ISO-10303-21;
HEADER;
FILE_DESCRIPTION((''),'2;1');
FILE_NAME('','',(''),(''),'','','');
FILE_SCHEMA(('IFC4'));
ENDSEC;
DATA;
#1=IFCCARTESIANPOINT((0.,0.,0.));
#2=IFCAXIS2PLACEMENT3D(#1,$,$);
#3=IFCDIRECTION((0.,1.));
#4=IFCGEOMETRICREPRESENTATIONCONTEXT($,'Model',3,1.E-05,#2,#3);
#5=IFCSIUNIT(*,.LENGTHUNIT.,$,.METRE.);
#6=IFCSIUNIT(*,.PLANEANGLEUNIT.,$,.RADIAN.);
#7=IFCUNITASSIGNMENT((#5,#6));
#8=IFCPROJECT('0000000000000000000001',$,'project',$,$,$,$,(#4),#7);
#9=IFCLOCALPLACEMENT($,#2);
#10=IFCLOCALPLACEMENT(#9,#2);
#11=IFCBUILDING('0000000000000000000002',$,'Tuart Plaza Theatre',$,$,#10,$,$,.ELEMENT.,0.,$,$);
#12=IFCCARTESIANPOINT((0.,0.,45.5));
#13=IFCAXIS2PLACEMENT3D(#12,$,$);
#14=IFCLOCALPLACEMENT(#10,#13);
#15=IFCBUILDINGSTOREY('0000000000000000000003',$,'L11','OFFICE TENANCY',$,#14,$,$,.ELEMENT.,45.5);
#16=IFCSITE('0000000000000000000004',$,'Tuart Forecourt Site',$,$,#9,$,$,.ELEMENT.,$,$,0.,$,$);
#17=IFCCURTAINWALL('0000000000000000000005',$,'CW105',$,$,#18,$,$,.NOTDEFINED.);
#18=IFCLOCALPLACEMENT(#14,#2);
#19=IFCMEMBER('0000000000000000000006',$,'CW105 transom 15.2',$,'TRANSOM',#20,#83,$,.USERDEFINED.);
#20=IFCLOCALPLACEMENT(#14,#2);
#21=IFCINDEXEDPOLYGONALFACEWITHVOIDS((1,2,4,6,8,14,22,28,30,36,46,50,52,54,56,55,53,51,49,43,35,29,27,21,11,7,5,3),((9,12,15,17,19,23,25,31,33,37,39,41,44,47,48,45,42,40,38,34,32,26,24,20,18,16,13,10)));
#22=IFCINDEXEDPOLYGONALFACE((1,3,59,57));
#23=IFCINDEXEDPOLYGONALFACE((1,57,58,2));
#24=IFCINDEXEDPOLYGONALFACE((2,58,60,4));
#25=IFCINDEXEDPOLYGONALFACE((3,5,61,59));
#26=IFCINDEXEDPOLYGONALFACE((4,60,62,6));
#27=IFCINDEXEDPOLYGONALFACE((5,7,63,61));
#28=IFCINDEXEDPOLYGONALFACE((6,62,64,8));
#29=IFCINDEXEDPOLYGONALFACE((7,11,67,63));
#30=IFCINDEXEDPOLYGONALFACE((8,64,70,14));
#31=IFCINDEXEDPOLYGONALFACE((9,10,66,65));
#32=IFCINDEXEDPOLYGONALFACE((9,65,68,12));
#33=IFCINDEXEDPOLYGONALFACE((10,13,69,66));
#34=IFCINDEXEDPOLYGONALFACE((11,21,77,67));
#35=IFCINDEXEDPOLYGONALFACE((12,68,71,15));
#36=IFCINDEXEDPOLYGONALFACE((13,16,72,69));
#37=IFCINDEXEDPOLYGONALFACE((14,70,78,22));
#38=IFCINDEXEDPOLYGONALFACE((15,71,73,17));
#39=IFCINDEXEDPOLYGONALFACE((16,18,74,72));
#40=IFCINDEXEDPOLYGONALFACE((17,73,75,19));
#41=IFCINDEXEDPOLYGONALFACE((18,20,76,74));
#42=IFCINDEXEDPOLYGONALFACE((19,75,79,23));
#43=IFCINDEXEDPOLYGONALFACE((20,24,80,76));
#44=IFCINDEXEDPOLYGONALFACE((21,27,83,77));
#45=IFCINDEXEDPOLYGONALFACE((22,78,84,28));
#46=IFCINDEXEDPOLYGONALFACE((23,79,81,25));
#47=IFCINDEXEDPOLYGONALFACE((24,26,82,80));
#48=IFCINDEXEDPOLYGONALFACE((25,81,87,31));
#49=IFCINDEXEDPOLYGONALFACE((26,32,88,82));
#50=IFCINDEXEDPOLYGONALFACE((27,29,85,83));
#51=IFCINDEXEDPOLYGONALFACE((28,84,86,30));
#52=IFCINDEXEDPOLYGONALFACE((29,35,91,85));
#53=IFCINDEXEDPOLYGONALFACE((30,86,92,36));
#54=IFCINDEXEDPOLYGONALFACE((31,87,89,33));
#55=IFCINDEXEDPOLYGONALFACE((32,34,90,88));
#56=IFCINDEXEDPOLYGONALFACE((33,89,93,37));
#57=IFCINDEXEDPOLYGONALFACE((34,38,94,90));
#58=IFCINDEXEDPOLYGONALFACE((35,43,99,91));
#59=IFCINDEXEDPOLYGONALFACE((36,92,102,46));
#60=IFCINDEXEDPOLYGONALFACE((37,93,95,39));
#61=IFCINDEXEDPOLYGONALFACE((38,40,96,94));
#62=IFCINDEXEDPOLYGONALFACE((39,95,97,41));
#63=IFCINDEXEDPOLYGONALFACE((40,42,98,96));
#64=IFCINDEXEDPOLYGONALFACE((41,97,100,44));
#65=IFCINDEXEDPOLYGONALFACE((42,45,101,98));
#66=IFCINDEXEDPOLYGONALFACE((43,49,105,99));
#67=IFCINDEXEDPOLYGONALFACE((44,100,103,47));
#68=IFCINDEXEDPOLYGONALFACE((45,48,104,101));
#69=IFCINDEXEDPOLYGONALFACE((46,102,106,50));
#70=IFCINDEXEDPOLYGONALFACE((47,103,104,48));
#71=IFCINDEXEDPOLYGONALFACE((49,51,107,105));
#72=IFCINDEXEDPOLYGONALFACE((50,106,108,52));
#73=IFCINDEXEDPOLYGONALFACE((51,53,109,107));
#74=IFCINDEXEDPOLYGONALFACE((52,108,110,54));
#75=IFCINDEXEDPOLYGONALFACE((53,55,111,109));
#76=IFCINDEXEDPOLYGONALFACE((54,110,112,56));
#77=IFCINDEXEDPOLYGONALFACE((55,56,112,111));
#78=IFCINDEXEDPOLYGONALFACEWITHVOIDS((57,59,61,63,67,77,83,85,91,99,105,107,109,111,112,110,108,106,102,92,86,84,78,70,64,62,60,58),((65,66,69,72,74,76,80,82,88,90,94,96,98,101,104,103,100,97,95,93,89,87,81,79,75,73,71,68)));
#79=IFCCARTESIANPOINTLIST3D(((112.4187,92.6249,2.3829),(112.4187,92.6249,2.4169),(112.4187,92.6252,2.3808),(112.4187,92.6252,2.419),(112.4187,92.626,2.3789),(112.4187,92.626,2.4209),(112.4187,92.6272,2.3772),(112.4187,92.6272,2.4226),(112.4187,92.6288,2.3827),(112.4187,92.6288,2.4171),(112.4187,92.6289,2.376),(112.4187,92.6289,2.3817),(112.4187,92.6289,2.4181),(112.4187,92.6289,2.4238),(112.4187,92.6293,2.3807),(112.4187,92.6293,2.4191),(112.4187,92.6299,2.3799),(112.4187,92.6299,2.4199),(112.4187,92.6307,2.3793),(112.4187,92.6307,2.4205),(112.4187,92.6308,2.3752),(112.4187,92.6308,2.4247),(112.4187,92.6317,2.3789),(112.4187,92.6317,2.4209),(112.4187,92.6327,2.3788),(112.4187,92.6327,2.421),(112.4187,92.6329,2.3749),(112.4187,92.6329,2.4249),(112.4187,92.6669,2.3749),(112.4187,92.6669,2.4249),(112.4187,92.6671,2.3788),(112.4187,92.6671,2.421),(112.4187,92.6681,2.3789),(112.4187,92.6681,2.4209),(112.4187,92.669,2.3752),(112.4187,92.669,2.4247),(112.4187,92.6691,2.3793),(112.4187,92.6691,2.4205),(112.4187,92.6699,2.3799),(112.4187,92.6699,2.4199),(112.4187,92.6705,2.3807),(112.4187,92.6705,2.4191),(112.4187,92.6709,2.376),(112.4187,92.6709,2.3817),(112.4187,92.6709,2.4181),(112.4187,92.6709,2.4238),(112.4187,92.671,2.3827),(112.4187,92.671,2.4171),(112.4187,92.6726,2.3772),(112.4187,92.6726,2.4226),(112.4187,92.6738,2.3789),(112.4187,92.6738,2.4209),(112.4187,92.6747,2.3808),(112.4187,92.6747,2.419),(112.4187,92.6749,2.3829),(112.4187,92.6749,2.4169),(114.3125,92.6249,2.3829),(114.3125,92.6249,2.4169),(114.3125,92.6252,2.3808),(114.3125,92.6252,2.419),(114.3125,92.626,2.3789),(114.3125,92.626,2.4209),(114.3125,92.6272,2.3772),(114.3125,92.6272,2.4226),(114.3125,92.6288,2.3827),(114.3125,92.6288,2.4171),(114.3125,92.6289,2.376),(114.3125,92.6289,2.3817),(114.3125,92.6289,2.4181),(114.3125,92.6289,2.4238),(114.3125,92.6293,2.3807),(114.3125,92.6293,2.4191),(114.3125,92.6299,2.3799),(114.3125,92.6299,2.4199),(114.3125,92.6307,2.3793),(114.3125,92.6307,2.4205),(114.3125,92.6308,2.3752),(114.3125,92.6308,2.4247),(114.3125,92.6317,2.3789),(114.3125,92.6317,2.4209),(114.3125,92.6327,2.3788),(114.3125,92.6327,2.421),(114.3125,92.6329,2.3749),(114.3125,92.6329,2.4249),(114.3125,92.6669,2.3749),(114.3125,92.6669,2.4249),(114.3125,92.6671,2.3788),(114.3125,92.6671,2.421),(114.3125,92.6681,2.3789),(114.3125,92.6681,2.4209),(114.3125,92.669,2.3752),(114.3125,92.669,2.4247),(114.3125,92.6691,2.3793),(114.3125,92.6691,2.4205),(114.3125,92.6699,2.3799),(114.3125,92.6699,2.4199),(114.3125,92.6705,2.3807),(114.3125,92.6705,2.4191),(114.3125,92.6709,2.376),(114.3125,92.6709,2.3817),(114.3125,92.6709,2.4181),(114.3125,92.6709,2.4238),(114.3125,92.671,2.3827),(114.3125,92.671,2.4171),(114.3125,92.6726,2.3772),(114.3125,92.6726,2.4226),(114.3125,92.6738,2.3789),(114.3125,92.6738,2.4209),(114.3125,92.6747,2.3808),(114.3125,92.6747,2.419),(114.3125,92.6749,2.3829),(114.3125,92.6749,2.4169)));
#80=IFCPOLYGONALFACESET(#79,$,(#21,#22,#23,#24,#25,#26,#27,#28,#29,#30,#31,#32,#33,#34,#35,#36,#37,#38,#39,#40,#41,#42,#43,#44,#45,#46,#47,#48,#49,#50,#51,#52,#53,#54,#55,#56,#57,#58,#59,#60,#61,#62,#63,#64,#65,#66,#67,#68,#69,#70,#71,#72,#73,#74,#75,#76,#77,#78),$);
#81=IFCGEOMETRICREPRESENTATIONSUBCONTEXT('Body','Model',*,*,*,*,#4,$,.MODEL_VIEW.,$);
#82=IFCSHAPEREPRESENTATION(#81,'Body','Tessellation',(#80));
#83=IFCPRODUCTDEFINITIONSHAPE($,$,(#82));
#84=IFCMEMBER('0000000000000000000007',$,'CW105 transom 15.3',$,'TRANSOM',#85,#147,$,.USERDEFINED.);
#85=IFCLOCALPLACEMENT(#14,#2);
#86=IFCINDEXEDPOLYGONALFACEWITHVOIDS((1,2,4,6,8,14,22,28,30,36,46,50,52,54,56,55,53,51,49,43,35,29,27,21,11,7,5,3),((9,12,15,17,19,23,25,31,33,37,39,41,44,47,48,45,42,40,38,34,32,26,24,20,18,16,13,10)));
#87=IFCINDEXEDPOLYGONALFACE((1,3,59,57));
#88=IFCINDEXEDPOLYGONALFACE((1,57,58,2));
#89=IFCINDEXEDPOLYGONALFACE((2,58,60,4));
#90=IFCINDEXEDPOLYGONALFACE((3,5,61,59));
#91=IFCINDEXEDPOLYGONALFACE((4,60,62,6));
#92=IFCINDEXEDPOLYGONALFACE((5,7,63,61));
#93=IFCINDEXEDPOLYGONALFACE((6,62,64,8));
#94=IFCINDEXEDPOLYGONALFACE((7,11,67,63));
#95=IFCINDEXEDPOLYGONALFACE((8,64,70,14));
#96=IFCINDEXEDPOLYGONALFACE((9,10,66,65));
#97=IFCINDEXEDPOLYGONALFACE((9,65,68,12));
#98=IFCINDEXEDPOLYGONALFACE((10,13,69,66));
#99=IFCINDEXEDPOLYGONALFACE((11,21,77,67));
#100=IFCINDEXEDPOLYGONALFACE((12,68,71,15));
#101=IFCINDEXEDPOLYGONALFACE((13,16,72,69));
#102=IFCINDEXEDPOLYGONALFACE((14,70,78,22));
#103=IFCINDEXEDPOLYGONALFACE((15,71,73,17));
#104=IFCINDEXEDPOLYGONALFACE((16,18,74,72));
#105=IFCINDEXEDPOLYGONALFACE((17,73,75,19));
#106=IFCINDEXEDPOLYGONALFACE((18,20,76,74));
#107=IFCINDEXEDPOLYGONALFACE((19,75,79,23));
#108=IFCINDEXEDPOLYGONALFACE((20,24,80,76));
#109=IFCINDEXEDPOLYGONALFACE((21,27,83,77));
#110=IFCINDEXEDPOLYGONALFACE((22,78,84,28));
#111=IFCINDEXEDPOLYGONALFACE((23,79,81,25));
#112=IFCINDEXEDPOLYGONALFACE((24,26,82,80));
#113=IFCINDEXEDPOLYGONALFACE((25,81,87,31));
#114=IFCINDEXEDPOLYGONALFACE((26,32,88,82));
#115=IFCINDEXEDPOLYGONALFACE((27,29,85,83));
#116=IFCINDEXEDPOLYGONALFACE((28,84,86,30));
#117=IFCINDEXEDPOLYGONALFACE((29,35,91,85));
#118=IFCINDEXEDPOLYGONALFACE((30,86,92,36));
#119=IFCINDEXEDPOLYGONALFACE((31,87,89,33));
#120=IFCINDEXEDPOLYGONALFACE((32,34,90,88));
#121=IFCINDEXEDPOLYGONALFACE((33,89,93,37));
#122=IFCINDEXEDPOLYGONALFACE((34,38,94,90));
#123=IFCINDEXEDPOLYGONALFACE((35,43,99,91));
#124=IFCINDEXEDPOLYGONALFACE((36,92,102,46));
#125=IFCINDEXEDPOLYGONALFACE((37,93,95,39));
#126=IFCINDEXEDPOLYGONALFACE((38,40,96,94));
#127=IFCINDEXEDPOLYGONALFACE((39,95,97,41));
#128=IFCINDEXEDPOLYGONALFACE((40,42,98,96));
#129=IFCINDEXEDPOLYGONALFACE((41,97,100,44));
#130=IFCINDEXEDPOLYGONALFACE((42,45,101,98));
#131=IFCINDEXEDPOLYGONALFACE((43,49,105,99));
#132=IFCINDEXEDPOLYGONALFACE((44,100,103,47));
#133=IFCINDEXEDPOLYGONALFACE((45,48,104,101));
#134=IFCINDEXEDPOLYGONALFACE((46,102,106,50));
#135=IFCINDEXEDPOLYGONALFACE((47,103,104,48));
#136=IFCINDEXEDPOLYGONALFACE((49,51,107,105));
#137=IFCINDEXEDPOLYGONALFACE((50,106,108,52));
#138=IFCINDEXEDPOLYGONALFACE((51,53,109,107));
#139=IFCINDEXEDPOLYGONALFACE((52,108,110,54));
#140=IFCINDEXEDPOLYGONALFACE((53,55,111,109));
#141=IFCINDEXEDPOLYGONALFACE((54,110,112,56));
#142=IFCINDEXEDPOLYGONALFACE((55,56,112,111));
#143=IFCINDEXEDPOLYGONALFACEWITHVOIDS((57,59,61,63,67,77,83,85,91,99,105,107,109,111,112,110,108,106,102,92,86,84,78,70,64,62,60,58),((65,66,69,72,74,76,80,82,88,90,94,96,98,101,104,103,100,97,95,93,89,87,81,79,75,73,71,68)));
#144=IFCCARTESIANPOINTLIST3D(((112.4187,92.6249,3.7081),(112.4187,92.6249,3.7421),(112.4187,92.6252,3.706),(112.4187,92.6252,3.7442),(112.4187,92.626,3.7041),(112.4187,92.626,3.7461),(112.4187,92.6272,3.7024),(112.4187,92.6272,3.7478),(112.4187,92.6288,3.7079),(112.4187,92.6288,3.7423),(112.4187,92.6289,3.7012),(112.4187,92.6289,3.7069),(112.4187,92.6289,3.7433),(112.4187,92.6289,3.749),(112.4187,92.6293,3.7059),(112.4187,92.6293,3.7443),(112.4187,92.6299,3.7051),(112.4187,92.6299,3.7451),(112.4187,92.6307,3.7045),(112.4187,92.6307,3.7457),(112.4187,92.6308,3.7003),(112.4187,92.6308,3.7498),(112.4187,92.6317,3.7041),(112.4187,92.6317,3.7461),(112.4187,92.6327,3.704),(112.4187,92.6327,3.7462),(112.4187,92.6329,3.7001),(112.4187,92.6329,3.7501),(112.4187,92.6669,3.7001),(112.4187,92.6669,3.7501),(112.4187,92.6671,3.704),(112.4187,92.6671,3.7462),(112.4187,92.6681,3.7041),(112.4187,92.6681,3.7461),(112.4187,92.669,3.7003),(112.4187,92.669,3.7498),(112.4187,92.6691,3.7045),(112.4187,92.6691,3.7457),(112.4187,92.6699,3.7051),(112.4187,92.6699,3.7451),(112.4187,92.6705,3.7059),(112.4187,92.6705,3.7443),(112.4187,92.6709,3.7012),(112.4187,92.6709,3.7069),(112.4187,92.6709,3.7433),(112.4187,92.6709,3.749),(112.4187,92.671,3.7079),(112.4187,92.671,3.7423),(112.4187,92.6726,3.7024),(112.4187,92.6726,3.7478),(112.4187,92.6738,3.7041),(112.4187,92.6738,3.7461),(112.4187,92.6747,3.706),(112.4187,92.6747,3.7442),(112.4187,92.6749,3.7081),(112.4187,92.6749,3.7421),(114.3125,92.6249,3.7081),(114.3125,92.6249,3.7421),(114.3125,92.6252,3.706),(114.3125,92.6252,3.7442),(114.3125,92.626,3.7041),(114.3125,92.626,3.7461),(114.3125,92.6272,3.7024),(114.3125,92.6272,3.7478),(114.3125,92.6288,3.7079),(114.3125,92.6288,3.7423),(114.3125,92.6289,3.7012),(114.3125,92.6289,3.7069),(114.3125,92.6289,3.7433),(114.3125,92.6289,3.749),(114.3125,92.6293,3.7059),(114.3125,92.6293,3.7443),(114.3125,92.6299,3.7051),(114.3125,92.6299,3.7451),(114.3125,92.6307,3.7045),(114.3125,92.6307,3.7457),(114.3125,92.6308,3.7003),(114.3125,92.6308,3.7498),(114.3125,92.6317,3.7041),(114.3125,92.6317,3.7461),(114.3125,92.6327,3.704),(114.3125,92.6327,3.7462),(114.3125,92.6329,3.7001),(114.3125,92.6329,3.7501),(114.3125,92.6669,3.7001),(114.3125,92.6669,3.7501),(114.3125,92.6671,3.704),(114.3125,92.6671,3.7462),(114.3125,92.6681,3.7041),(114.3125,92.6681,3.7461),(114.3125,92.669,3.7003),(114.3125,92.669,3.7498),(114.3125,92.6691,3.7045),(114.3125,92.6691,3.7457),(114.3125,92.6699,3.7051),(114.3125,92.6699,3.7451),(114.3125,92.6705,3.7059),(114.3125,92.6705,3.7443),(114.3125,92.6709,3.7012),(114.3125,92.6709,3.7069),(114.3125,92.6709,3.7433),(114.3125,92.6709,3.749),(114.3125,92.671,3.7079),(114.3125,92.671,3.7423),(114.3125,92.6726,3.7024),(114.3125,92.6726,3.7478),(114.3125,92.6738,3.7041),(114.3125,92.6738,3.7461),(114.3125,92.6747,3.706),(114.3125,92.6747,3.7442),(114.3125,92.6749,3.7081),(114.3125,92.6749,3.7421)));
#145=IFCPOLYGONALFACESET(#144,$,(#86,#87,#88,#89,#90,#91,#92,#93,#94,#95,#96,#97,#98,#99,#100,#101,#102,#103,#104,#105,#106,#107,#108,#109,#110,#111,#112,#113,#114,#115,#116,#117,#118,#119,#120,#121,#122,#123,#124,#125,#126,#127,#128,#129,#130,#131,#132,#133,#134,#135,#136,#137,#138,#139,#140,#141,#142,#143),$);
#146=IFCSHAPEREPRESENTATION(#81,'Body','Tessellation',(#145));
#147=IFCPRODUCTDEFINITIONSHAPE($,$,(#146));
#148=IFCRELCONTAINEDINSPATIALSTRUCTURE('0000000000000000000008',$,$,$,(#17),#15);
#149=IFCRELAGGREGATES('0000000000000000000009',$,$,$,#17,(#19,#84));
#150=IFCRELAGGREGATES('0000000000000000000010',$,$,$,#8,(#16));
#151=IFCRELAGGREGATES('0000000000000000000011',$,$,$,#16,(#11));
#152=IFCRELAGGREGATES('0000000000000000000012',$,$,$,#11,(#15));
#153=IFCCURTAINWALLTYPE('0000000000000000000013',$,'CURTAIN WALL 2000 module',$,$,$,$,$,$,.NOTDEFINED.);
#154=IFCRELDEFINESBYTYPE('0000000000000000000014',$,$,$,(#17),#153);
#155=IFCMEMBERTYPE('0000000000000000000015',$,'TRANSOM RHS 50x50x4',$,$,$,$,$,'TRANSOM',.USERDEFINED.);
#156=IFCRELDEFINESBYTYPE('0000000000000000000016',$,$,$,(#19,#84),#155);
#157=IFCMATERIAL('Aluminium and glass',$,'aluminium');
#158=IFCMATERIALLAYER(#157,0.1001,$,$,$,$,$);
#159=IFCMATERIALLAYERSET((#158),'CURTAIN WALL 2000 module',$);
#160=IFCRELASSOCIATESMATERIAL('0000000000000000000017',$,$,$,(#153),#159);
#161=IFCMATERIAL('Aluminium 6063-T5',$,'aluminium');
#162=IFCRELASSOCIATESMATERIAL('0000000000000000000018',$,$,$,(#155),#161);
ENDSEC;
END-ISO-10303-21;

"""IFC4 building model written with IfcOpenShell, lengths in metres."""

from ifc_helpers import new_model, si_unit, direction, frame, origin, origin_2d, place, context, subcontext, project, spatial, hollow_rectangle, extrude, material, layer, layer_set, material_profile, profile_set, type_object, element, aggregate, save


model = new_model("IFC4")

# Units and contexts
model_context = context("Model", 3, precision=1e-05, world=origin(), true_north=direction((0.0, 1.0)))
body_context = subcontext(model_context, "Body", "Model", "MODEL_VIEW")
ifc_project = project(units=[si_unit("LENGTHUNIT", "METRE"), si_unit("PLANEANGLEUNIT", "RADIAN")], contexts=[model_context])

# Site, building, storey
site_placement = place(None, origin())
site = spatial("IfcSite", under=ifc_project, at=site_placement, Name="Tuart Forecourt Site", CompositionType="ELEMENT", RefElevation=0.0)
building_placement = place(site_placement, origin())
building = spatial("IfcBuilding", under=site, at=building_placement, Name="Tuart Plaza Theatre", CompositionType="ELEMENT", ElevationOfRefHeight=0.0)
storey_placement = place(building_placement, frame((0.0, 0.0, 45.5)))
storey = spatial("IfcBuildingStorey", under=building, at=storey_placement, Name="L11", Description="OFFICE TENANCY", CompositionType="ELEMENT", Elevation=45.5)

# Curtain wall, members
ifc_material_1 = material(Name="Aluminium and glass", Category="aluminium")
ifc_layer_1 = layer(ifc_material_1, 0.1001)
ifc_layer_set_1 = layer_set([ifc_layer_1], Name="CURTAIN WALL 2000 module")
curtain_wall_type = type_object("IfcCurtainWallType", Name="CURTAIN WALL 2000 module", PredefinedType="NOTDEFINED", material=ifc_layer_set_1)
curtain_wall_placement = place(storey_placement, origin())
curtain_wall = element("IfcCurtainWall", 1, at=curtain_wall_placement, inside=storey, type_object=curtain_wall_type, Name="CW105", PredefinedType="NOTDEFINED")
ifc_material_2 = material(Name="Aluminium 6063-T5", Category="aluminium")
ifc_material_profile_1 = material_profile(ifc_material_2, hollow_rectangle(XDim=0.05, YDim=0.05, WallThickness=0.0039, InnerFilletRadius=0.0039, OuterFilletRadius=0.0081, at=origin_2d()), Name="RHS 50x50x4")
ifc_profile_set_1 = profile_set([ifc_material_profile_1], Name="Aluminium 6063-T5")
member_type_1 = type_object("IfcMemberType", Name="TRANSOM RHS 50x50x4", ElementType="TRANSOM", PredefinedType="USERDEFINED", material=ifc_profile_set_1)
member_1_placement = place(storey_placement, frame((114.3125, 92.6499, 2.3999), z_axis=(-1.0, 0.0, 0.0), x_axis=(0.0, -1.0, 0.0)))
member_1 = element("IfcMember", 2, at=member_1_placement, type_object=member_type_1, Name="CW105 transom 15.2", ObjectType="TRANSOM", PredefinedType="USERDEFINED", context=body_context, shape_type="SweptSolid", body=[
    extrude(hollow_rectangle(XDim=0.05, YDim=0.05, WallThickness=0.0039, InnerFilletRadius=0.0039, OuterFilletRadius=0.0081, at=origin_2d()), origin(), (0.0, 0.0, 1.0), 1.8938),
])
member_2_placement = place(storey_placement, frame((114.3125, 92.6499, 3.7251), z_axis=(-1.0, 0.0, 0.0), x_axis=(0.0, -1.0, 0.0)))
member_2 = element("IfcMember", 3, at=member_2_placement, type_object=member_type_1, Name="CW105 transom 15.3", ObjectType="TRANSOM", PredefinedType="USERDEFINED", context=body_context, shape_type="SweptSolid", body=[
    extrude(hollow_rectangle(XDim=0.05, YDim=0.05, WallThickness=0.0039, InnerFilletRadius=0.0039, OuterFilletRadius=0.0081, at=origin_2d()), origin(), (0.0, 0.0, 1.0), 1.8938),
])
aggregate(curtain_wall, [member_1, member_2])

save(model, "model.ifc")
